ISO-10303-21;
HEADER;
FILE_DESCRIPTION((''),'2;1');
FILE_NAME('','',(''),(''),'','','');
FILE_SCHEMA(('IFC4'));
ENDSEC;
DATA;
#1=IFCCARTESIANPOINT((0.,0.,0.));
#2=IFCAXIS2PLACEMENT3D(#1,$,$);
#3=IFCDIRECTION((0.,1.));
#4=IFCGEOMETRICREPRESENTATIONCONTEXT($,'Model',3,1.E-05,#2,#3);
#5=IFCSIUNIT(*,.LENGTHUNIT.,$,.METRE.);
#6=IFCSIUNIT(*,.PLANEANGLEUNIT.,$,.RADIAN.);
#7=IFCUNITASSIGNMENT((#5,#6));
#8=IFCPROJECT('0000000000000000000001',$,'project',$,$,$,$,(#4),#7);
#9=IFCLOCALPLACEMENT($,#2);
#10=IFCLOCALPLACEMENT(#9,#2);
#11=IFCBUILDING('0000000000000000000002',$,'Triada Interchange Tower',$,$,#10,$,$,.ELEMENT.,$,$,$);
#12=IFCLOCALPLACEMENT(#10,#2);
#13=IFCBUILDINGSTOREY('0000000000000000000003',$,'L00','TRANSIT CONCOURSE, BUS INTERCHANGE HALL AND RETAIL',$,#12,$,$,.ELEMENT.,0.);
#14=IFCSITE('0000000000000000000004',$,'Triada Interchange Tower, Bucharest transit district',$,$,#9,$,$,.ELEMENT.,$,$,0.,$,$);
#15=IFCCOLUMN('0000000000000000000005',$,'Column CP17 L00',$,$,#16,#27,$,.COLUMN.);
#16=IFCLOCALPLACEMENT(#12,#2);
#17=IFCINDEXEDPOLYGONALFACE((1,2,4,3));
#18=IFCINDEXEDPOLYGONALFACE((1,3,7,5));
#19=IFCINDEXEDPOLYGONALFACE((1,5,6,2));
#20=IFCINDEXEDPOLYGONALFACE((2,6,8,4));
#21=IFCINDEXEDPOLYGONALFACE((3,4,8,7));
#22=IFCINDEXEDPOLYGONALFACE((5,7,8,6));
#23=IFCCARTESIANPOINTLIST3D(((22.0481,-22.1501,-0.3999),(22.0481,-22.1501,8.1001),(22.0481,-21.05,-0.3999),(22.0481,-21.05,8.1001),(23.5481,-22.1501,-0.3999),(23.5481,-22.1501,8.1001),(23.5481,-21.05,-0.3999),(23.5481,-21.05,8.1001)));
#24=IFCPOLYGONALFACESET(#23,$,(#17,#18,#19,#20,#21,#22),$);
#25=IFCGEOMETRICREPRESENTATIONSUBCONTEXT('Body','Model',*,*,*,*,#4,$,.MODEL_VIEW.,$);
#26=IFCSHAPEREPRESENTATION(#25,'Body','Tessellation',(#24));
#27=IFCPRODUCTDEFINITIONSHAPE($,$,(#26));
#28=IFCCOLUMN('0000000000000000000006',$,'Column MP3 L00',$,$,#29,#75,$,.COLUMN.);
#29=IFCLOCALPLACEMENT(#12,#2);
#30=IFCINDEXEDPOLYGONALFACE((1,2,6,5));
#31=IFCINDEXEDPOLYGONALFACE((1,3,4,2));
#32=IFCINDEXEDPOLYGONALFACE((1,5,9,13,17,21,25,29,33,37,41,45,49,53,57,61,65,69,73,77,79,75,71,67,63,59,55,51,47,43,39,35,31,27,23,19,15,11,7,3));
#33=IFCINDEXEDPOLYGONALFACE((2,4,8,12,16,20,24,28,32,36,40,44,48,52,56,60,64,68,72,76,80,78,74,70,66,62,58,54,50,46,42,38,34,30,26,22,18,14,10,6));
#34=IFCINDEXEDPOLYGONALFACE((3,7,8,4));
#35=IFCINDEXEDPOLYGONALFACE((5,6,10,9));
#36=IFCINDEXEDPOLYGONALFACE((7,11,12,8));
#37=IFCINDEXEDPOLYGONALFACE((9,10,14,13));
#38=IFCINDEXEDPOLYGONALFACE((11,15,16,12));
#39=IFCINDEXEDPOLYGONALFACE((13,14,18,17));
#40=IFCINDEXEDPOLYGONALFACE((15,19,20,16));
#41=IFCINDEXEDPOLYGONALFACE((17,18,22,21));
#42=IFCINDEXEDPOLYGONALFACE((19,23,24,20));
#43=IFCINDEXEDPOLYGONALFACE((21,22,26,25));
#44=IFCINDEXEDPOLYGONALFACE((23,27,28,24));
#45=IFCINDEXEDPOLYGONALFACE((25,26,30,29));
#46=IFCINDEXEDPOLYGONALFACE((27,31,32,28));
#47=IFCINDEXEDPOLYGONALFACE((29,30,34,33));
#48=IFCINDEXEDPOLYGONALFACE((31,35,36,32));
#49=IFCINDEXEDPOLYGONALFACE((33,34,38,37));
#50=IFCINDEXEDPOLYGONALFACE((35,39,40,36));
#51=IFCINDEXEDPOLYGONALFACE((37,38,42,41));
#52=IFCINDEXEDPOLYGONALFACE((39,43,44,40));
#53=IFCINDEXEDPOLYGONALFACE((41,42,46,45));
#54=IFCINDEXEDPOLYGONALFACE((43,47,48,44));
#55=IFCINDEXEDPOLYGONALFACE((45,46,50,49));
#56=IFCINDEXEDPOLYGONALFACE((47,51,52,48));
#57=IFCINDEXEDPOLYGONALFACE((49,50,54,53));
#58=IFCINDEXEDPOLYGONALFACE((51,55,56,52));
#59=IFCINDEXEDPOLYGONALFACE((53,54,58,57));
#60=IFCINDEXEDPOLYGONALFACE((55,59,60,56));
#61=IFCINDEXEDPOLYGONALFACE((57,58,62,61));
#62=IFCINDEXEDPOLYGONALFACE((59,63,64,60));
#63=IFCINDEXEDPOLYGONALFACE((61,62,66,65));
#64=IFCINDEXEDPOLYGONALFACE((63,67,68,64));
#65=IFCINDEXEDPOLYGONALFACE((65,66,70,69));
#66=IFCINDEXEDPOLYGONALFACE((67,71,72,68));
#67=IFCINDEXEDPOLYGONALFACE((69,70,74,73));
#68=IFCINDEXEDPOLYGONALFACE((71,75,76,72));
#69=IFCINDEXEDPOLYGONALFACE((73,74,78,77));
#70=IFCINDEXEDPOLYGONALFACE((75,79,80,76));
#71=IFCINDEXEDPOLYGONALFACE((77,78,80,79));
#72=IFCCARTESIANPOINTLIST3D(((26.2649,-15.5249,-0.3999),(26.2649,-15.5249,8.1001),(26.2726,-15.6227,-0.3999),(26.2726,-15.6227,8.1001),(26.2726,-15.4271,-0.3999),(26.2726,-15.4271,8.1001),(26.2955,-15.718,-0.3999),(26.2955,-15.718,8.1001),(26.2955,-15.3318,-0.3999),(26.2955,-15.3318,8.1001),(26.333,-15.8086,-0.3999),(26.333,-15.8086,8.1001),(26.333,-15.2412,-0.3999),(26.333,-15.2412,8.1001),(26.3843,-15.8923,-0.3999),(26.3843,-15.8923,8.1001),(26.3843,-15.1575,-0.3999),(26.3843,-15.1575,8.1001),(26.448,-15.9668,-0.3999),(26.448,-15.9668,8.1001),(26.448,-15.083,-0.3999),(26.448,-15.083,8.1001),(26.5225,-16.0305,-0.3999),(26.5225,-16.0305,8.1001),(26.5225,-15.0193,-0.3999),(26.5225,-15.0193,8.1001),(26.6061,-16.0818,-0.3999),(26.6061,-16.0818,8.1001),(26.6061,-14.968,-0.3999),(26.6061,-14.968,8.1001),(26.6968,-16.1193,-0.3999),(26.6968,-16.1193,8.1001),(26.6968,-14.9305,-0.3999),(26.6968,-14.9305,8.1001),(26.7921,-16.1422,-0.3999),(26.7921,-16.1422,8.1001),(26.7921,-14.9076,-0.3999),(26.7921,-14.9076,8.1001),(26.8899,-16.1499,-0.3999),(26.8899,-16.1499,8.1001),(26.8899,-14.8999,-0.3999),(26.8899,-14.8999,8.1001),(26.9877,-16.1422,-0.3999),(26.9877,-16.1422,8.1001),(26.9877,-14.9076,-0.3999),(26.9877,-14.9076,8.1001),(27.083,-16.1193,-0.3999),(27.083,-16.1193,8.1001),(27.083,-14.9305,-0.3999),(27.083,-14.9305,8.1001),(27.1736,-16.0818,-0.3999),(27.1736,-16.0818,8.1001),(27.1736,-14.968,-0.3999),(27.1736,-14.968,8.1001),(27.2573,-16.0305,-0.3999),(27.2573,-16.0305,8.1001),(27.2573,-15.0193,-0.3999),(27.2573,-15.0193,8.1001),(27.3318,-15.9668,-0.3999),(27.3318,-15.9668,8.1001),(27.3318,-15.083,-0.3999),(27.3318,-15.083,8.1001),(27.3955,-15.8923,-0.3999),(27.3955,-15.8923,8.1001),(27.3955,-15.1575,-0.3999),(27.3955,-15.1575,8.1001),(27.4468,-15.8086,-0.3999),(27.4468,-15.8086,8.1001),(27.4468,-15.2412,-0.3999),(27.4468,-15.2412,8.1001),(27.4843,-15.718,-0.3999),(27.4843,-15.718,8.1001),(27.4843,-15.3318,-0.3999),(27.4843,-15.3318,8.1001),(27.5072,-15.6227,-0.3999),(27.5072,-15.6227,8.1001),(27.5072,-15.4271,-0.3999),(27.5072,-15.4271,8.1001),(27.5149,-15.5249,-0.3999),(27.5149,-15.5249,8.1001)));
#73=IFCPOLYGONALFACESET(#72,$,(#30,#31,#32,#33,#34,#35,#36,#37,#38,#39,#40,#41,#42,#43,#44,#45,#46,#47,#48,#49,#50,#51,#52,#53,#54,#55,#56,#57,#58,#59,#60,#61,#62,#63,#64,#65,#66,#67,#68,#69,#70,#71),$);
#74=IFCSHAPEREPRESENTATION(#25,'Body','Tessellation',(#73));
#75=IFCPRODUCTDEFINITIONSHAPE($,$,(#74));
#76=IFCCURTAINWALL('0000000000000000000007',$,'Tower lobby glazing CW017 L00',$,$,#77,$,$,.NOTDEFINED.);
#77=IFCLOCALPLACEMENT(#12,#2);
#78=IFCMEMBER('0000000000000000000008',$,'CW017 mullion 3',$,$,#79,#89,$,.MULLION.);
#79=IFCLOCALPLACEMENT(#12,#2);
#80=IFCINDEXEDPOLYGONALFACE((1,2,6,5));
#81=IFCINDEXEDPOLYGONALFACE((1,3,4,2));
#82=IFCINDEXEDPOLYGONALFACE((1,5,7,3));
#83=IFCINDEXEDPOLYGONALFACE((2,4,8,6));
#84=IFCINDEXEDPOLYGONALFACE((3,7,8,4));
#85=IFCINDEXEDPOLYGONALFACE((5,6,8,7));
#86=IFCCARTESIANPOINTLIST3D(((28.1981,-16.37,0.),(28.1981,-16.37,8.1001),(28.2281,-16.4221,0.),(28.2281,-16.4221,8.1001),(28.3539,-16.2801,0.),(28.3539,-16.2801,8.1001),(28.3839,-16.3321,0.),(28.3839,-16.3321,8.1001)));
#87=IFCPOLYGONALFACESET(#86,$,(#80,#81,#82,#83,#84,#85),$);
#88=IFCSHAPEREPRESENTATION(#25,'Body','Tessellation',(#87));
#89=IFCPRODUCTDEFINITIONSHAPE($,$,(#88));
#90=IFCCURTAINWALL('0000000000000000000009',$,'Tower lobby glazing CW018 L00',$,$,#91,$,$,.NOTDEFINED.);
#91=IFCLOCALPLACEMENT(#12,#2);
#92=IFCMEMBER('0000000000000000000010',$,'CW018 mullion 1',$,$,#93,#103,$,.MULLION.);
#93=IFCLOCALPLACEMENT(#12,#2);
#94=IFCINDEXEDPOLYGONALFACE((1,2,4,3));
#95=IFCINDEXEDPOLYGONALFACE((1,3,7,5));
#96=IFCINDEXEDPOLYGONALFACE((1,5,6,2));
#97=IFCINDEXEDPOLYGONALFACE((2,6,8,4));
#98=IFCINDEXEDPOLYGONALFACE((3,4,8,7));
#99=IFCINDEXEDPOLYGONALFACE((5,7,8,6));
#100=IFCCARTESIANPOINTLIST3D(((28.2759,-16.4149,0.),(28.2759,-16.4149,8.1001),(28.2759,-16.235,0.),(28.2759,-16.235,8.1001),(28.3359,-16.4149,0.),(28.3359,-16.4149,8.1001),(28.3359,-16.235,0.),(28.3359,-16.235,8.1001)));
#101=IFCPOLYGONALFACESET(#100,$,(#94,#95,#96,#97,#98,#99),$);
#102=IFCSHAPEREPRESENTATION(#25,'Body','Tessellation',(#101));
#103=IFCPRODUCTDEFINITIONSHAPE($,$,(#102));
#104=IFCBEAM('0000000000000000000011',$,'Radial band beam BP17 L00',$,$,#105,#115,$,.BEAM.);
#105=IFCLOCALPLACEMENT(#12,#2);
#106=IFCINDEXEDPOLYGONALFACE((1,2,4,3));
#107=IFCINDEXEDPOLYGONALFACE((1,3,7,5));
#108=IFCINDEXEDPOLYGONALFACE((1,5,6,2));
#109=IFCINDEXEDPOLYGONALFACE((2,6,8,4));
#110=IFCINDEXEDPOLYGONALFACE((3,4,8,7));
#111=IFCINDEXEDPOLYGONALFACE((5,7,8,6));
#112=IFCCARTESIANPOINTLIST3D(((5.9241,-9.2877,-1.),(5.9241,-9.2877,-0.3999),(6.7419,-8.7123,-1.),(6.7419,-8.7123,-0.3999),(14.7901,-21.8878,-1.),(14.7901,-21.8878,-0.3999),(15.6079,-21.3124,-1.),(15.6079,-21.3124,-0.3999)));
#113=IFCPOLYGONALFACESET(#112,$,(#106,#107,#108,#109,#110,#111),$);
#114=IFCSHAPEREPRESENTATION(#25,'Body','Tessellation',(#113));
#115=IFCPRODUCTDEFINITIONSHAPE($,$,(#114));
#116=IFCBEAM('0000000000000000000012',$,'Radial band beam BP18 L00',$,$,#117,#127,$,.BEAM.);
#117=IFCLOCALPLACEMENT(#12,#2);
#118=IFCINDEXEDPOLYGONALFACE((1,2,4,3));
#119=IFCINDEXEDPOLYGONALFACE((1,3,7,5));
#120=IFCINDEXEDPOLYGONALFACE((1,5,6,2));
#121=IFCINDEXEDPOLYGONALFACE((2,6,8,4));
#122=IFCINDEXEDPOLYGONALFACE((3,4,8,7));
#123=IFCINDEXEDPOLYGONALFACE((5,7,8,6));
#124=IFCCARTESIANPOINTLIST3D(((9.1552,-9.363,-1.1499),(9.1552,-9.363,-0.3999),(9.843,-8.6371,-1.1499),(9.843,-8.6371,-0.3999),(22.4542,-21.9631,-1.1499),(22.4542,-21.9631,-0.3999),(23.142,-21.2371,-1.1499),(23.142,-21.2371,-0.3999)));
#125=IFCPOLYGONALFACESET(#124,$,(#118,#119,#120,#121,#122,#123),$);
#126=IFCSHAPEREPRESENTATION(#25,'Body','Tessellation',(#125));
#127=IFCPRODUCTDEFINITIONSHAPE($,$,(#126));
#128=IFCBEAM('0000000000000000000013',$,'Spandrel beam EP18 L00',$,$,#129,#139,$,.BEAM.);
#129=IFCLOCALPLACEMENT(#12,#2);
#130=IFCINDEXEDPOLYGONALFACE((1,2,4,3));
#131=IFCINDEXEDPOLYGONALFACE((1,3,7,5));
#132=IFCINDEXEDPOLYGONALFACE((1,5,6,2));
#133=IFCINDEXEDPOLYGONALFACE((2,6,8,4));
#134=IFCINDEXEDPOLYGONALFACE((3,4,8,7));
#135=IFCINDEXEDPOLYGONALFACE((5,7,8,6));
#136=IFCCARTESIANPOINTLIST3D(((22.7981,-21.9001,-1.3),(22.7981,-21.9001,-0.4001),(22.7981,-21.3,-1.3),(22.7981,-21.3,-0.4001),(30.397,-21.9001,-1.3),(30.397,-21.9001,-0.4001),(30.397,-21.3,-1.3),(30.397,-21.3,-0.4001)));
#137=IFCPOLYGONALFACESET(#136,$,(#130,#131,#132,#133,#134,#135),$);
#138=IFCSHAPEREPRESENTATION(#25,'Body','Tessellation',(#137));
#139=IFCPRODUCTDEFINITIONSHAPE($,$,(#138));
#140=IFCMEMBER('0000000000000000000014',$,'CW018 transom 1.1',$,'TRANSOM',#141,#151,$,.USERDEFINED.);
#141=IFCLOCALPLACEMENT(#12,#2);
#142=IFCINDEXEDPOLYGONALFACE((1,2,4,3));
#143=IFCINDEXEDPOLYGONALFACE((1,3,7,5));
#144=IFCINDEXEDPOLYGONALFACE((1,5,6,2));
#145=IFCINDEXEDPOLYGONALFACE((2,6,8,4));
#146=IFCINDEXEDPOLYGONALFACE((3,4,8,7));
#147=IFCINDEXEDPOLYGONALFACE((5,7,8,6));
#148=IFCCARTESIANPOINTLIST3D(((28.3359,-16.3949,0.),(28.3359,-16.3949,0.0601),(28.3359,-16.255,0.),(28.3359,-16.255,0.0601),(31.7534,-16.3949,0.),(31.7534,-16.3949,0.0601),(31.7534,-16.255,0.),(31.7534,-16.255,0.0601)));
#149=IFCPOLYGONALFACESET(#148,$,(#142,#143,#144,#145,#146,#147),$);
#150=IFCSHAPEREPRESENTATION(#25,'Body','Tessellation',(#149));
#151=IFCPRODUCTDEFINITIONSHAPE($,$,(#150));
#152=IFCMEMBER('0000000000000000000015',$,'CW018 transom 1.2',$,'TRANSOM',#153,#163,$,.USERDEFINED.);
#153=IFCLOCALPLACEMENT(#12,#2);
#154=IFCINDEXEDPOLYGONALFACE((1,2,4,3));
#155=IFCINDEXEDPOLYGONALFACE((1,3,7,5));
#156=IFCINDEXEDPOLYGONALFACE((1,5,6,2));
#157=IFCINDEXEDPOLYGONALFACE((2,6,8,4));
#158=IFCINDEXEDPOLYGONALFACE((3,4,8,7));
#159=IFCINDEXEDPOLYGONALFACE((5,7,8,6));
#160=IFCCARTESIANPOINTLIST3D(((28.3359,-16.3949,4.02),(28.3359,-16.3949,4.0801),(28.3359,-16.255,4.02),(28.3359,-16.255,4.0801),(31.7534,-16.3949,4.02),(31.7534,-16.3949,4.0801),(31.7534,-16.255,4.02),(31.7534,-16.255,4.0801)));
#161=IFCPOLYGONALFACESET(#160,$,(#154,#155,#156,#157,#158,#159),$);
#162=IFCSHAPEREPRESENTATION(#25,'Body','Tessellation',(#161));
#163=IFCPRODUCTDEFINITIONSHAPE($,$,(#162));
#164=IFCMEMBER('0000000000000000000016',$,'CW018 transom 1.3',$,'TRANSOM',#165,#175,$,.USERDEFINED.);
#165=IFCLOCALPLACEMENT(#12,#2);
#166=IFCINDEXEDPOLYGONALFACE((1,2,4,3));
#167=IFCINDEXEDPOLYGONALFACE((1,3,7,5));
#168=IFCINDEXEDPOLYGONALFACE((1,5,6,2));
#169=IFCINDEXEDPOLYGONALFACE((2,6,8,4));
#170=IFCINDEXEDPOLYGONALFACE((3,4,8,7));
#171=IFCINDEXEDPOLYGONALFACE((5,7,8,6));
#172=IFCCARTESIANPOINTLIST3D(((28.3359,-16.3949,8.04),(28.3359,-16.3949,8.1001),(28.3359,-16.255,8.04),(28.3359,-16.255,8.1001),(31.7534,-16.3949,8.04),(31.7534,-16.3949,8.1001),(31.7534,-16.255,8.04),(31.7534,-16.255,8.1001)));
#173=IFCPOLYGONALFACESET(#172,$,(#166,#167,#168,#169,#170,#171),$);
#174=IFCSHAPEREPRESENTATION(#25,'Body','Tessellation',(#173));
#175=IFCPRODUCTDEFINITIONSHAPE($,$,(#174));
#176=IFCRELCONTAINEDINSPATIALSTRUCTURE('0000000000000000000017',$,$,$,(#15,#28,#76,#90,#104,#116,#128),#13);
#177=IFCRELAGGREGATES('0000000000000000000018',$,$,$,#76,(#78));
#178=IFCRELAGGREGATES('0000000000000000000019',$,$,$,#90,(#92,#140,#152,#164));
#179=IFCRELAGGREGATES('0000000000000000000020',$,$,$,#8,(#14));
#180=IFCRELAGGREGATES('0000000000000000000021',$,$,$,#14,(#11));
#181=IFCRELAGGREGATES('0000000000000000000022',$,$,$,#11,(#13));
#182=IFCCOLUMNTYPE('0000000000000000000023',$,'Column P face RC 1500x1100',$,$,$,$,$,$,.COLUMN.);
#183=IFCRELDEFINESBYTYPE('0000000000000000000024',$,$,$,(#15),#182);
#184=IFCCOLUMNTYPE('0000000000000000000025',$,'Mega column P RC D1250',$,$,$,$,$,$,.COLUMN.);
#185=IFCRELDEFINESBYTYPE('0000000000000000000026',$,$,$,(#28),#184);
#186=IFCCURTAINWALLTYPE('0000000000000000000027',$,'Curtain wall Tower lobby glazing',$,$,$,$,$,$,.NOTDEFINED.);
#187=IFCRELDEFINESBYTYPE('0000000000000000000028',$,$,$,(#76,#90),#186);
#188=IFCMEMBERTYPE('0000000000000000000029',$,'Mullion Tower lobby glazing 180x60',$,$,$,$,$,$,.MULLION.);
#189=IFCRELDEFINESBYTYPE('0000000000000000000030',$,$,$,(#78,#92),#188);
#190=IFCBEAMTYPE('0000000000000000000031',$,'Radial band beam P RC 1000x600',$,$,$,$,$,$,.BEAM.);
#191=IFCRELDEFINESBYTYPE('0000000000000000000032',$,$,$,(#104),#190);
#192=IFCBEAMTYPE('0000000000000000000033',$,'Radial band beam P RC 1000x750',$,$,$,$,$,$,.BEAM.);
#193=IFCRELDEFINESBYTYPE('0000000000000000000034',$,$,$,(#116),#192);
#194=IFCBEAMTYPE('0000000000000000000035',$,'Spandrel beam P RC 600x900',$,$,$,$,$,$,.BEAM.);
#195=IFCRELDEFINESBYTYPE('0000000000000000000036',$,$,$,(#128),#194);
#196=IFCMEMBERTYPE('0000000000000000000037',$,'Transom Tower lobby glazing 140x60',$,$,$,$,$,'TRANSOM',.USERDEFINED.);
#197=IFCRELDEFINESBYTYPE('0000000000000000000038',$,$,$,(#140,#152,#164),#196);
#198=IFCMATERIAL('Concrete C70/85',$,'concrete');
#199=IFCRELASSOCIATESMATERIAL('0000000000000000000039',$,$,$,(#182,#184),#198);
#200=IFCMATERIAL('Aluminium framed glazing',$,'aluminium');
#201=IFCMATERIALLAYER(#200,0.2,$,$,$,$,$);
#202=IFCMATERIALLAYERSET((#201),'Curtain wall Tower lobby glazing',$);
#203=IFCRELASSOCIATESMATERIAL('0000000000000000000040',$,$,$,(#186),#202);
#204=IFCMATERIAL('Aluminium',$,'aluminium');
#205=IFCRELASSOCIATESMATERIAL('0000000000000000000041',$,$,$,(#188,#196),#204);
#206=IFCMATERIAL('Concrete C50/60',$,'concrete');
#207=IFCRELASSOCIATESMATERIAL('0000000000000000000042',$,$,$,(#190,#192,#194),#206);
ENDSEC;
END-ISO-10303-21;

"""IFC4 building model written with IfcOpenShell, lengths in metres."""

from ifc_helpers import new_model, si_unit, direction, frame, origin, origin_2d, place, context, subcontext, project, spatial, rectangle, circle, extrude, material, layer, layer_set, material_profile, profile_set, type_object, element, aggregate, save


model = new_model("IFC4")

# Units and contexts
model_context = context("Model", 3, precision=1e-05, world=origin(), true_north=direction((0.0, 1.0)))
body_context = subcontext(model_context, "Body", "Model", "MODEL_VIEW")
ifc_project = project(units=[si_unit("LENGTHUNIT", "METRE"), si_unit("PLANEANGLEUNIT", "RADIAN")], contexts=[model_context])

# Site, building, storey
site_placement = place(None, origin())
site = spatial("IfcSite", under=ifc_project, at=site_placement, Name="Triada Interchange Tower, Bucharest transit district", CompositionType="ELEMENT", RefElevation=0.0)
building_placement = place(site_placement, origin())
building = spatial("IfcBuilding", under=site, at=building_placement, Name="Triada Interchange Tower", CompositionType="ELEMENT")
storey_placement = place(building_placement, origin())
storey = spatial("IfcBuildingStorey", under=building, at=storey_placement, Name="L00", Description="TRANSIT CONCOURSE, BUS INTERCHANGE HALL AND RETAIL", CompositionType="ELEMENT", Elevation=0.0)

# Columns
ifc_material_1 = material(Name="Concrete C70/85", Category="concrete")
ifc_material_profile_1 = material_profile(ifc_material_1, rectangle(XDim=1.5, YDim=1.1001, at=origin_2d()), Name="RC 1500x1100")
ifc_profile_set_1 = profile_set([ifc_material_profile_1], Name="Concrete C70/85")
column_type_1 = type_object("IfcColumnType", Name="Column P face RC 1500x1100", PredefinedType="COLUMN", material=ifc_profile_set_1)
column_1_placement = place(storey_placement, frame((22.7981, -21.6001, -0.3999), z_axis=(0.0, 0.0, 1.0), x_axis=(1.0, 0.0, 0.0)))
element("IfcColumn", 1, at=column_1_placement, inside=storey, type_object=column_type_1, Name="Column CP17 L00", PredefinedType="COLUMN", context=body_context, shape_type="SweptSolid", body=[
    extrude(rectangle(XDim=1.5, YDim=1.1001, at=origin_2d()), origin(), (0.0, 0.0, 1.0), 8.5),
])
ifc_material_profile_2 = material_profile(ifc_material_1, circle(Radius=0.625, at=origin_2d()), Name="RC D1250")
ifc_profile_set_2 = profile_set([ifc_material_profile_2], Name="Concrete C70/85")
column_type_2 = type_object("IfcColumnType", Name="Mega column P RC D1250", PredefinedType="COLUMN", material=ifc_profile_set_2)
column_2_placement = place(storey_placement, frame((26.8899, -15.5249, -0.3999), z_axis=(0.0, 0.0, 1.0), x_axis=(1.0, 0.0, 0.0)))
element("IfcColumn", 2, at=column_2_placement, inside=storey, type_object=column_type_2, Name="Column MP3 L00", PredefinedType="COLUMN", context=body_context, shape_type="SweptSolid", body=[
    extrude(circle(Radius=0.625, at=origin_2d()), origin(), (0.0, 0.0, 1.0), 8.5),
])

# Curtain walls, members
ifc_material_2 = material(Name="Aluminium framed glazing", Category="aluminium")
ifc_layer_1 = layer(ifc_material_2, 0.2)
ifc_layer_set_1 = layer_set([ifc_layer_1], Name="Curtain wall Tower lobby glazing")
curtain_wall_type = type_object("IfcCurtainWallType", Name="Curtain wall Tower lobby glazing", PredefinedType="NOTDEFINED", material=ifc_layer_set_1)
curtain_wall_1_placement = place(storey_placement, origin())
curtain_wall_1 = element("IfcCurtainWall", 3, at=curtain_wall_1_placement, inside=storey, type_object=curtain_wall_type, Name="Tower lobby glazing CW017 L00", PredefinedType="NOTDEFINED")
ifc_material_3 = material(Name="Aluminium", Category="aluminium")
ifc_material_profile_3 = material_profile(ifc_material_3, rectangle(XDim=0.1799, YDim=0.0601, at=origin_2d()), Name="Aluminium mullion")
ifc_profile_set_3 = profile_set([ifc_material_profile_3], Name="Aluminium")
member_type_1 = type_object("IfcMemberType", Name="Mullion Tower lobby glazing 180x60", PredefinedType="MULLION", material=ifc_profile_set_3)
member_1_placement = place(storey_placement, frame((28.291, -16.3511, 0.0), z_axis=(0.0, 0.0, 1.0), x_axis=(-0.866078, -0.49991, 0.0)))
member_1 = element("IfcMember", 4, at=member_1_placement, type_object=member_type_1, Name="CW017 mullion 3", PredefinedType="MULLION", context=body_context, shape_type="SweptSolid", body=[
    extrude(rectangle(XDim=0.1799, YDim=0.0601, at=origin_2d()), origin(), (0.0, 0.0, 1.0), 8.1001),
])
aggregate(curtain_wall_1, [member_1])
curtain_wall_2_placement = place(storey_placement, origin())
curtain_wall_2 = element("IfcCurtainWall", 5, at=curtain_wall_2_placement, inside=storey, type_object=curtain_wall_type, Name="Tower lobby glazing CW018 L00", PredefinedType="NOTDEFINED")
member_2_placement = place(storey_placement, frame((28.3059, -16.325, 0.0), z_axis=(0.0, 0.0, 1.0), x_axis=(0.0, 1.0, 0.0)))
member_2 = element("IfcMember", 6, at=member_2_placement, type_object=member_type_1, Name="CW018 mullion 1", PredefinedType="MULLION", context=body_context, shape_type="SweptSolid", body=[
    extrude(rectangle(XDim=0.1799, YDim=0.0601, at=origin_2d()), origin(), (0.0, 0.0, 1.0), 8.1001),
])

# Beams
ifc_material_4 = material(Name="Concrete C50/60", Category="concrete")
ifc_material_profile_4 = material_profile(ifc_material_4, rectangle(XDim=1.0, YDim=0.6001, at=origin_2d()), Name="RC 1000x600")
ifc_profile_set_4 = profile_set([ifc_material_profile_4], Name="Concrete C50/60")
beam_type_1 = type_object("IfcBeamType", Name="Radial band beam P RC 1000x600", PredefinedType="BEAM", material=ifc_profile_set_4)
beam_1_placement = place(storey_placement, frame((15.199, -21.6001, -0.7), z_axis=(-0.57546, 0.81783, 0.0), x_axis=(-0.81783, -0.57546, 0.0)))
element("IfcBeam", 7, at=beam_1_placement, inside=storey, type_object=beam_type_1, Name="Radial band beam BP17 L00", PredefinedType="BEAM", context=body_context, shape_type="SweptSolid", body=[
    extrude(rectangle(XDim=1.0, YDim=0.6001, at=origin_2d()), origin(), (0.0, 0.0, 1.0), 15.4067),
])
ifc_material_profile_5 = material_profile(ifc_material_4, rectangle(XDim=1.0, YDim=0.75, at=origin_2d()), Name="RC 1000x750")
ifc_profile_set_5 = profile_set([ifc_material_profile_5], Name="Concrete C50/60")
beam_type_2 = type_object("IfcBeamType", Name="Radial band beam P RC 1000x750", PredefinedType="BEAM", material=ifc_profile_set_5)
beam_2_placement = place(storey_placement, frame((22.7981, -21.6001, -0.7749), z_axis=(-0.725926, 0.687773, 0.0), x_axis=(-0.687773, -0.725926, 0.0)))
element("IfcBeam", 8, at=beam_2_placement, inside=storey, type_object=beam_type_2, Name="Radial band beam BP18 L00", PredefinedType="BEAM", context=body_context, shape_type="SweptSolid", body=[
    extrude(rectangle(XDim=1.0, YDim=0.75, at=origin_2d()), origin(), (0.0, 0.0, 1.0), 18.3201),
])
ifc_material_profile_6 = material_profile(ifc_material_4, rectangle(XDim=0.6001, YDim=0.8999, at=origin_2d()), Name="RC 600x900")
ifc_profile_set_6 = profile_set([ifc_material_profile_6], Name="Concrete C50/60")
beam_type_3 = type_object("IfcBeamType", Name="Spandrel beam P RC 600x900", PredefinedType="BEAM", material=ifc_profile_set_6)
beam_3_placement = place(storey_placement, frame((22.7981, -21.6001, -0.8501), z_axis=(1.0, 0.0, 0.0), x_axis=(0.0, 1.0, 0.0)))
element("IfcBeam", 9, at=beam_3_placement, inside=storey, type_object=beam_type_3, Name="Spandrel beam EP18 L00", PredefinedType="BEAM", context=body_context, shape_type="SweptSolid", body=[
    extrude(rectangle(XDim=0.6001, YDim=0.8999, at=origin_2d()), origin(), (0.0, 0.0, 1.0), 7.5989),
])

# Members
ifc_material_profile_7 = material_profile(ifc_material_3, rectangle(XDim=0.1399, YDim=0.0601, at=origin_2d()), Name="Aluminium transom")
ifc_profile_set_7 = profile_set([ifc_material_profile_7], Name="Aluminium")
member_type_2 = type_object("IfcMemberType", Name="Transom Tower lobby glazing 140x60", ElementType="TRANSOM", PredefinedType="USERDEFINED", material=ifc_profile_set_7)
member_3_placement = place(storey_placement, frame((28.3359, -16.325, 0.03), z_axis=(1.0, 0.0, 0.0), x_axis=(0.0, 1.0, 0.0)))
member_3 = element("IfcMember", 10, at=member_3_placement, type_object=member_type_2, Name="CW018 transom 1.1", ObjectType="TRANSOM", PredefinedType="USERDEFINED", context=body_context, shape_type="SweptSolid", body=[
    extrude(rectangle(XDim=0.1399, YDim=0.0601, at=origin_2d()), origin(), (0.0, 0.0, 1.0), 3.4175),
])
member_4_placement = place(storey_placement, frame((28.3359, -16.325, 4.05), z_axis=(1.0, 0.0, 0.0), x_axis=(0.0, 1.0, 0.0)))
member_4 = element("IfcMember", 11, at=member_4_placement, type_object=member_type_2, Name="CW018 transom 1.2", ObjectType="TRANSOM", PredefinedType="USERDEFINED", context=body_context, shape_type="SweptSolid", body=[
    extrude(rectangle(XDim=0.1399, YDim=0.0601, at=origin_2d()), origin(), (0.0, 0.0, 1.0), 3.4175),
])
member_5_placement = place(storey_placement, frame((28.3359, -16.325, 8.0701), z_axis=(1.0, 0.0, 0.0), x_axis=(0.0, 1.0, 0.0)))
member_5 = element("IfcMember", 12, at=member_5_placement, type_object=member_type_2, Name="CW018 transom 1.3", ObjectType="TRANSOM", PredefinedType="USERDEFINED", context=body_context, shape_type="SweptSolid", body=[
    extrude(rectangle(XDim=0.1399, YDim=0.0601, at=origin_2d()), origin(), (0.0, 0.0, 1.0), 3.4175),
])
aggregate(curtain_wall_2, [member_2, member_3, member_4, member_5])

save(model, "model.ifc")
